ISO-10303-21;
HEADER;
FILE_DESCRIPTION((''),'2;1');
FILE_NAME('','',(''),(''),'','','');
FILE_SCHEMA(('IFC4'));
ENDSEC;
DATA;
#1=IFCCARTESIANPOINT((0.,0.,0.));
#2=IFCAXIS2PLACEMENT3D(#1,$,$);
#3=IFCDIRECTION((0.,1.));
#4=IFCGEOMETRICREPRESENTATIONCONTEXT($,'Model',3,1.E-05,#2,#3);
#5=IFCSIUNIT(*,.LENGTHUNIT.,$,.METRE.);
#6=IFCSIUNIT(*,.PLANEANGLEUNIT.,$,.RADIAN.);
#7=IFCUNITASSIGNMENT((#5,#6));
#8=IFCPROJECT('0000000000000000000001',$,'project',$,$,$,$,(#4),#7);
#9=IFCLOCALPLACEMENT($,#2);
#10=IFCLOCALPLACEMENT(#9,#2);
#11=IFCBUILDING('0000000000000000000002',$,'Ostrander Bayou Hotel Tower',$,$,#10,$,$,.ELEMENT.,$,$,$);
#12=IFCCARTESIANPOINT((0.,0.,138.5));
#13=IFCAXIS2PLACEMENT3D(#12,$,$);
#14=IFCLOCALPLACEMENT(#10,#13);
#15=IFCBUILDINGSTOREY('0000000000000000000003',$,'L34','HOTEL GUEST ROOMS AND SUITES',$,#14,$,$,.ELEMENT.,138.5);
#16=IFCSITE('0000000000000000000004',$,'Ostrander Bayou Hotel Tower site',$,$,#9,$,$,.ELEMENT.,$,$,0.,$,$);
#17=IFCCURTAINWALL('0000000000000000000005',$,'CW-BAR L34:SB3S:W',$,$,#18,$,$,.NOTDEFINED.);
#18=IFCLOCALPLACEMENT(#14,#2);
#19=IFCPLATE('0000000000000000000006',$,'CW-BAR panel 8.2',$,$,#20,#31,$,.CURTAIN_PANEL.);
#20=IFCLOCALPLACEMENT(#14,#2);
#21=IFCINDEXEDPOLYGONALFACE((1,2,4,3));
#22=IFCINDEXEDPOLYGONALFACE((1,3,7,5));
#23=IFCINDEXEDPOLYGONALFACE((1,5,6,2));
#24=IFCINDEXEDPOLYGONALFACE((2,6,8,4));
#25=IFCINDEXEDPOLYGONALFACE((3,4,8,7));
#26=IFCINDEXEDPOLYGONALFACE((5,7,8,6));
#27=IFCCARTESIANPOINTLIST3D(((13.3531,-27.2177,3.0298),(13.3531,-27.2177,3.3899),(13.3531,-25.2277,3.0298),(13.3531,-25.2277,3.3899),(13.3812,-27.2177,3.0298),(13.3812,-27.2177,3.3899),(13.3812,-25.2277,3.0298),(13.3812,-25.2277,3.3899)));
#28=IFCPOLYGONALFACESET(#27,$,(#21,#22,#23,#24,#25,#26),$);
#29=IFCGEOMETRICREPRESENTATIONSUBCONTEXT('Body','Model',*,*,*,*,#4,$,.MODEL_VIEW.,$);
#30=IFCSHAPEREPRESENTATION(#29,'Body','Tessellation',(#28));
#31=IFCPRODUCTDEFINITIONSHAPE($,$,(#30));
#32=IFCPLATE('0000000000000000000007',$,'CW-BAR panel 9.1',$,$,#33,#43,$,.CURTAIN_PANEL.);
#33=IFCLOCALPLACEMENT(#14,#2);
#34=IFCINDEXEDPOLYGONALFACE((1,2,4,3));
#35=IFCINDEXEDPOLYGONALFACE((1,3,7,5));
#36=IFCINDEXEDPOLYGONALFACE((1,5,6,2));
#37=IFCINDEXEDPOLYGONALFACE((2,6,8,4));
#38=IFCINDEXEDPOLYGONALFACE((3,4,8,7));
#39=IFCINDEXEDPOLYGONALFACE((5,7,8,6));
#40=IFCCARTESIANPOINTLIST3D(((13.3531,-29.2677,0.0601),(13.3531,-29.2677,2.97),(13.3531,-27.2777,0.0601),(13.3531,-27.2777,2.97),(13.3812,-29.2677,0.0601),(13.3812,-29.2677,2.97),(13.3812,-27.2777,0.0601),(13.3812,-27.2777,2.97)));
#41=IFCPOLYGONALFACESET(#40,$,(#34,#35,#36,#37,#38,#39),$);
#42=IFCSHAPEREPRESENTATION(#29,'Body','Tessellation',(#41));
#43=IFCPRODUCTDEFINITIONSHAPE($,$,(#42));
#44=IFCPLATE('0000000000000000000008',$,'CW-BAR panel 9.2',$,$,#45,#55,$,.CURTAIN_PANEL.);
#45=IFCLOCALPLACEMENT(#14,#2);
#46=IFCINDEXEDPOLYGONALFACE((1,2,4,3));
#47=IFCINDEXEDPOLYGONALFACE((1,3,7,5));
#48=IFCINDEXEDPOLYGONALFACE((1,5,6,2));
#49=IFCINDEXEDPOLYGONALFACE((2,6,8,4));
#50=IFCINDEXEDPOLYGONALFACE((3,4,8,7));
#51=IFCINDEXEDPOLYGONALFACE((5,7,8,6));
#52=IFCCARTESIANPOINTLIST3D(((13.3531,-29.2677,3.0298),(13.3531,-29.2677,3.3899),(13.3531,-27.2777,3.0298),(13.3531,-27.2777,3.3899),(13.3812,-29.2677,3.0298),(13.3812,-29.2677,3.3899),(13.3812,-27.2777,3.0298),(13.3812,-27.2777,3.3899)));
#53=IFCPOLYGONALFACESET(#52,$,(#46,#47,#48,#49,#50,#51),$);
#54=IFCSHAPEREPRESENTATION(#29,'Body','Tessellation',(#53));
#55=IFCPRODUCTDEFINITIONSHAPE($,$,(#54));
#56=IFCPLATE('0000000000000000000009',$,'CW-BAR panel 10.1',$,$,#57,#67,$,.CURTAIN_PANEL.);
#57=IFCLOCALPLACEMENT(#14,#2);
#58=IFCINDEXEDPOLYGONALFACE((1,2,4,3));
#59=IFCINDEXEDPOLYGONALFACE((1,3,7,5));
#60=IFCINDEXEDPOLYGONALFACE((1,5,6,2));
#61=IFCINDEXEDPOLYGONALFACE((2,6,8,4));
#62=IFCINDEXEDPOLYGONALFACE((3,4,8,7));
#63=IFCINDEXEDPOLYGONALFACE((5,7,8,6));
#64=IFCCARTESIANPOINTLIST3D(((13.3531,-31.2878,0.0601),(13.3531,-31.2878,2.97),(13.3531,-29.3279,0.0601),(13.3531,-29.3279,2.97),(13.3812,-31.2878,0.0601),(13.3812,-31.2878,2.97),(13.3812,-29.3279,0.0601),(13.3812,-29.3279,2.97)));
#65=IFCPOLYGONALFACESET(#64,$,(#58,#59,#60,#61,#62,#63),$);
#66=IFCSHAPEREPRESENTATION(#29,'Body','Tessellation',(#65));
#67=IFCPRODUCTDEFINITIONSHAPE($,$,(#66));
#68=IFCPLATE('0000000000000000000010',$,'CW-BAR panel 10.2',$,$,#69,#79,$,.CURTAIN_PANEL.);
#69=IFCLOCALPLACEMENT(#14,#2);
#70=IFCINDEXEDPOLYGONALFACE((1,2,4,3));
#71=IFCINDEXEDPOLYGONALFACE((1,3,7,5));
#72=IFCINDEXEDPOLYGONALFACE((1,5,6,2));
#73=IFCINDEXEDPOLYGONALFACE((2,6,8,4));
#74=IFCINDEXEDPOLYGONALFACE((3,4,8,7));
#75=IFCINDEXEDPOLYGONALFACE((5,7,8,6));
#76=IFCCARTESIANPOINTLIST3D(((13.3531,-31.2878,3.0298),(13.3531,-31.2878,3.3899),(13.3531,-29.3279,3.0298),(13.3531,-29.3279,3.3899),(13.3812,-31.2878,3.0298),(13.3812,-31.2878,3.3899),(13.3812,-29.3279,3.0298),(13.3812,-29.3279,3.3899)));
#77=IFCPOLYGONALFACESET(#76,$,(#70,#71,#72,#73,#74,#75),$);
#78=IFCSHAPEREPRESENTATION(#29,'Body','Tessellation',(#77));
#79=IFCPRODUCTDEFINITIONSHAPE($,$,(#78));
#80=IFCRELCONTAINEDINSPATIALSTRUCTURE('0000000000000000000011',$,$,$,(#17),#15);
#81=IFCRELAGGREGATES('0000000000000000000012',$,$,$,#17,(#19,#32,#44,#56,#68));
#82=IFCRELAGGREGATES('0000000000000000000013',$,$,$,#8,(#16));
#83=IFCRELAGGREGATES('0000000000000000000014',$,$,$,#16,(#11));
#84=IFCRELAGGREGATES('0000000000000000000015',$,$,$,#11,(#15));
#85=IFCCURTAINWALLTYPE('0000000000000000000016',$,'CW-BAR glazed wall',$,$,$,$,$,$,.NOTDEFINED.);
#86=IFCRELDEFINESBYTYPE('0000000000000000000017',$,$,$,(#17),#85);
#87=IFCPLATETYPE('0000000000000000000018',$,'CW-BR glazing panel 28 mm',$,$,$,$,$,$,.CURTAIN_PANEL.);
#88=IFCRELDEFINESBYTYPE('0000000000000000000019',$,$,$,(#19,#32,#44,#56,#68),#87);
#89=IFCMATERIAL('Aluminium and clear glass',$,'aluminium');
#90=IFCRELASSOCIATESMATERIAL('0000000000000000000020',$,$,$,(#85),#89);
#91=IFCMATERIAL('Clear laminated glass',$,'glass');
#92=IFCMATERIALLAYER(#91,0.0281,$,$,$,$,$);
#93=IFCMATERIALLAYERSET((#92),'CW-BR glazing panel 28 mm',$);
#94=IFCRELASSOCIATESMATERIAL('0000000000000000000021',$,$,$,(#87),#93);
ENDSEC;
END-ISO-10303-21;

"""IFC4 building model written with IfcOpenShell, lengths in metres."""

from ifc_helpers import new_model, si_unit, direction, frame, origin, origin_2d, place, context, subcontext, project, spatial, rectangle, extrude, material, layer, layer_set, type_object, element, aggregate, save


model = new_model("IFC4")

# Units and contexts
model_context = context("Model", 3, precision=1e-05, world=origin(), true_north=direction((0.0, 1.0)))
body_context = subcontext(model_context, "Body", "Model", "MODEL_VIEW")
ifc_project = project(units=[si_unit("LENGTHUNIT", "METRE"), si_unit("PLANEANGLEUNIT", "RADIAN")], contexts=[model_context])

# Site, building, storey
site_placement = place(None, origin())
site = spatial("IfcSite", under=ifc_project, at=site_placement, Name="Ostrander Bayou Hotel Tower site", CompositionType="ELEMENT", RefElevation=0.0)
building_placement = place(site_placement, origin())
building = spatial("IfcBuilding", under=site, at=building_placement, Name="Ostrander Bayou Hotel Tower", CompositionType="ELEMENT")
storey_placement = place(building_placement, frame((0.0, 0.0, 138.5)))
storey = spatial("IfcBuildingStorey", under=building, at=storey_placement, Name="L34", Description="HOTEL GUEST ROOMS AND SUITES", CompositionType="ELEMENT", Elevation=138.5)

# Shared definitions
ifc_material_1 = material(Name="Aluminium and clear glass", Category="aluminium")
curtain_wall_type = type_object("IfcCurtainWallType", Name="CW-BAR glazed wall", PredefinedType="NOTDEFINED", material=ifc_material_1)

# Curtain wall
curtain_wall_1_placement = place(storey_placement, origin())
curtain_wall_1 = element("IfcCurtainWall", 1, at=curtain_wall_1_placement, inside=storey, type_object=curtain_wall_type, Name="CW-BAR L34:SB3S:W", PredefinedType="NOTDEFINED")

# Plates
ifc_material_2 = material(Name="Clear laminated glass", Category="glass")
ifc_layer = layer(ifc_material_2, 0.0281)
ifc_layer_set = layer_set([ifc_layer], Name="CW-BR glazing panel 28 mm")
plate_type = type_object("IfcPlateType", Name="CW-BR glazing panel 28 mm", PredefinedType="CURTAIN_PANEL", material=ifc_layer_set)
plate_1_placement = place(storey_placement, frame((13.3672, -26.2227, 3.0298), z_axis=(0.0, 0.0, 1.0), x_axis=(0.0, -1.0, 0.0)))
plate_1 = element("IfcPlate", 2, at=plate_1_placement, type_object=plate_type, Name="CW-BAR panel 8.2", PredefinedType="CURTAIN_PANEL", context=body_context, shape_type="SweptSolid", body=[
    extrude(rectangle(XDim=1.99, YDim=0.0281, at=origin_2d()), origin(), (0.0, 0.0, 1.0), 0.3601),
])
plate_2_placement = place(storey_placement, frame((13.3672, -28.2727, 0.0601), z_axis=(0.0, 0.0, 1.0), x_axis=(0.0, -1.0, 0.0)))
plate_2 = element("IfcPlate", 3, at=plate_2_placement, type_object=plate_type, Name="CW-BAR panel 9.1", PredefinedType="CURTAIN_PANEL", context=body_context, shape_type="SweptSolid", body=[
    extrude(rectangle(XDim=1.99, YDim=0.0281, at=origin_2d()), origin(), (0.0, 0.0, 1.0), 2.9099),
])
plate_3_placement = place(storey_placement, frame((13.3672, -28.2727, 3.0298), z_axis=(0.0, 0.0, 1.0), x_axis=(0.0, -1.0, 0.0)))
plate_3 = element("IfcPlate", 4, at=plate_3_placement, type_object=plate_type, Name="CW-BAR panel 9.2", PredefinedType="CURTAIN_PANEL", context=body_context, shape_type="SweptSolid", body=[
    extrude(rectangle(XDim=1.99, YDim=0.0281, at=origin_2d()), origin(), (0.0, 0.0, 1.0), 0.3601),
])
plate_4_placement = place(storey_placement, frame((13.3672, -30.3079, 0.0601), z_axis=(0.0, 0.0, 1.0), x_axis=(0.0, -1.0, 0.0)))
plate_4 = element("IfcPlate", 5, at=plate_4_placement, type_object=plate_type, Name="CW-BAR panel 10.1", PredefinedType="CURTAIN_PANEL", context=body_context, shape_type="SweptSolid", body=[
    extrude(rectangle(XDim=1.96, YDim=0.0281, at=origin_2d()), origin(), (0.0, 0.0, 1.0), 2.9099),
])
plate_5_placement = place(storey_placement, frame((13.3672, -30.3079, 3.0298), z_axis=(0.0, 0.0, 1.0), x_axis=(0.0, -1.0, 0.0)))
plate_5 = element("IfcPlate", 6, at=plate_5_placement, type_object=plate_type, Name="CW-BAR panel 10.2", PredefinedType="CURTAIN_PANEL", context=body_context, shape_type="SweptSolid", body=[
    extrude(rectangle(XDim=1.96, YDim=0.0281, at=origin_2d()), origin(), (0.0, 0.0, 1.0), 0.3601),
])
aggregate(curtain_wall_1, [plate_1, plate_2, plate_3, plate_4, plate_5])

save(model, "model.ifc")
